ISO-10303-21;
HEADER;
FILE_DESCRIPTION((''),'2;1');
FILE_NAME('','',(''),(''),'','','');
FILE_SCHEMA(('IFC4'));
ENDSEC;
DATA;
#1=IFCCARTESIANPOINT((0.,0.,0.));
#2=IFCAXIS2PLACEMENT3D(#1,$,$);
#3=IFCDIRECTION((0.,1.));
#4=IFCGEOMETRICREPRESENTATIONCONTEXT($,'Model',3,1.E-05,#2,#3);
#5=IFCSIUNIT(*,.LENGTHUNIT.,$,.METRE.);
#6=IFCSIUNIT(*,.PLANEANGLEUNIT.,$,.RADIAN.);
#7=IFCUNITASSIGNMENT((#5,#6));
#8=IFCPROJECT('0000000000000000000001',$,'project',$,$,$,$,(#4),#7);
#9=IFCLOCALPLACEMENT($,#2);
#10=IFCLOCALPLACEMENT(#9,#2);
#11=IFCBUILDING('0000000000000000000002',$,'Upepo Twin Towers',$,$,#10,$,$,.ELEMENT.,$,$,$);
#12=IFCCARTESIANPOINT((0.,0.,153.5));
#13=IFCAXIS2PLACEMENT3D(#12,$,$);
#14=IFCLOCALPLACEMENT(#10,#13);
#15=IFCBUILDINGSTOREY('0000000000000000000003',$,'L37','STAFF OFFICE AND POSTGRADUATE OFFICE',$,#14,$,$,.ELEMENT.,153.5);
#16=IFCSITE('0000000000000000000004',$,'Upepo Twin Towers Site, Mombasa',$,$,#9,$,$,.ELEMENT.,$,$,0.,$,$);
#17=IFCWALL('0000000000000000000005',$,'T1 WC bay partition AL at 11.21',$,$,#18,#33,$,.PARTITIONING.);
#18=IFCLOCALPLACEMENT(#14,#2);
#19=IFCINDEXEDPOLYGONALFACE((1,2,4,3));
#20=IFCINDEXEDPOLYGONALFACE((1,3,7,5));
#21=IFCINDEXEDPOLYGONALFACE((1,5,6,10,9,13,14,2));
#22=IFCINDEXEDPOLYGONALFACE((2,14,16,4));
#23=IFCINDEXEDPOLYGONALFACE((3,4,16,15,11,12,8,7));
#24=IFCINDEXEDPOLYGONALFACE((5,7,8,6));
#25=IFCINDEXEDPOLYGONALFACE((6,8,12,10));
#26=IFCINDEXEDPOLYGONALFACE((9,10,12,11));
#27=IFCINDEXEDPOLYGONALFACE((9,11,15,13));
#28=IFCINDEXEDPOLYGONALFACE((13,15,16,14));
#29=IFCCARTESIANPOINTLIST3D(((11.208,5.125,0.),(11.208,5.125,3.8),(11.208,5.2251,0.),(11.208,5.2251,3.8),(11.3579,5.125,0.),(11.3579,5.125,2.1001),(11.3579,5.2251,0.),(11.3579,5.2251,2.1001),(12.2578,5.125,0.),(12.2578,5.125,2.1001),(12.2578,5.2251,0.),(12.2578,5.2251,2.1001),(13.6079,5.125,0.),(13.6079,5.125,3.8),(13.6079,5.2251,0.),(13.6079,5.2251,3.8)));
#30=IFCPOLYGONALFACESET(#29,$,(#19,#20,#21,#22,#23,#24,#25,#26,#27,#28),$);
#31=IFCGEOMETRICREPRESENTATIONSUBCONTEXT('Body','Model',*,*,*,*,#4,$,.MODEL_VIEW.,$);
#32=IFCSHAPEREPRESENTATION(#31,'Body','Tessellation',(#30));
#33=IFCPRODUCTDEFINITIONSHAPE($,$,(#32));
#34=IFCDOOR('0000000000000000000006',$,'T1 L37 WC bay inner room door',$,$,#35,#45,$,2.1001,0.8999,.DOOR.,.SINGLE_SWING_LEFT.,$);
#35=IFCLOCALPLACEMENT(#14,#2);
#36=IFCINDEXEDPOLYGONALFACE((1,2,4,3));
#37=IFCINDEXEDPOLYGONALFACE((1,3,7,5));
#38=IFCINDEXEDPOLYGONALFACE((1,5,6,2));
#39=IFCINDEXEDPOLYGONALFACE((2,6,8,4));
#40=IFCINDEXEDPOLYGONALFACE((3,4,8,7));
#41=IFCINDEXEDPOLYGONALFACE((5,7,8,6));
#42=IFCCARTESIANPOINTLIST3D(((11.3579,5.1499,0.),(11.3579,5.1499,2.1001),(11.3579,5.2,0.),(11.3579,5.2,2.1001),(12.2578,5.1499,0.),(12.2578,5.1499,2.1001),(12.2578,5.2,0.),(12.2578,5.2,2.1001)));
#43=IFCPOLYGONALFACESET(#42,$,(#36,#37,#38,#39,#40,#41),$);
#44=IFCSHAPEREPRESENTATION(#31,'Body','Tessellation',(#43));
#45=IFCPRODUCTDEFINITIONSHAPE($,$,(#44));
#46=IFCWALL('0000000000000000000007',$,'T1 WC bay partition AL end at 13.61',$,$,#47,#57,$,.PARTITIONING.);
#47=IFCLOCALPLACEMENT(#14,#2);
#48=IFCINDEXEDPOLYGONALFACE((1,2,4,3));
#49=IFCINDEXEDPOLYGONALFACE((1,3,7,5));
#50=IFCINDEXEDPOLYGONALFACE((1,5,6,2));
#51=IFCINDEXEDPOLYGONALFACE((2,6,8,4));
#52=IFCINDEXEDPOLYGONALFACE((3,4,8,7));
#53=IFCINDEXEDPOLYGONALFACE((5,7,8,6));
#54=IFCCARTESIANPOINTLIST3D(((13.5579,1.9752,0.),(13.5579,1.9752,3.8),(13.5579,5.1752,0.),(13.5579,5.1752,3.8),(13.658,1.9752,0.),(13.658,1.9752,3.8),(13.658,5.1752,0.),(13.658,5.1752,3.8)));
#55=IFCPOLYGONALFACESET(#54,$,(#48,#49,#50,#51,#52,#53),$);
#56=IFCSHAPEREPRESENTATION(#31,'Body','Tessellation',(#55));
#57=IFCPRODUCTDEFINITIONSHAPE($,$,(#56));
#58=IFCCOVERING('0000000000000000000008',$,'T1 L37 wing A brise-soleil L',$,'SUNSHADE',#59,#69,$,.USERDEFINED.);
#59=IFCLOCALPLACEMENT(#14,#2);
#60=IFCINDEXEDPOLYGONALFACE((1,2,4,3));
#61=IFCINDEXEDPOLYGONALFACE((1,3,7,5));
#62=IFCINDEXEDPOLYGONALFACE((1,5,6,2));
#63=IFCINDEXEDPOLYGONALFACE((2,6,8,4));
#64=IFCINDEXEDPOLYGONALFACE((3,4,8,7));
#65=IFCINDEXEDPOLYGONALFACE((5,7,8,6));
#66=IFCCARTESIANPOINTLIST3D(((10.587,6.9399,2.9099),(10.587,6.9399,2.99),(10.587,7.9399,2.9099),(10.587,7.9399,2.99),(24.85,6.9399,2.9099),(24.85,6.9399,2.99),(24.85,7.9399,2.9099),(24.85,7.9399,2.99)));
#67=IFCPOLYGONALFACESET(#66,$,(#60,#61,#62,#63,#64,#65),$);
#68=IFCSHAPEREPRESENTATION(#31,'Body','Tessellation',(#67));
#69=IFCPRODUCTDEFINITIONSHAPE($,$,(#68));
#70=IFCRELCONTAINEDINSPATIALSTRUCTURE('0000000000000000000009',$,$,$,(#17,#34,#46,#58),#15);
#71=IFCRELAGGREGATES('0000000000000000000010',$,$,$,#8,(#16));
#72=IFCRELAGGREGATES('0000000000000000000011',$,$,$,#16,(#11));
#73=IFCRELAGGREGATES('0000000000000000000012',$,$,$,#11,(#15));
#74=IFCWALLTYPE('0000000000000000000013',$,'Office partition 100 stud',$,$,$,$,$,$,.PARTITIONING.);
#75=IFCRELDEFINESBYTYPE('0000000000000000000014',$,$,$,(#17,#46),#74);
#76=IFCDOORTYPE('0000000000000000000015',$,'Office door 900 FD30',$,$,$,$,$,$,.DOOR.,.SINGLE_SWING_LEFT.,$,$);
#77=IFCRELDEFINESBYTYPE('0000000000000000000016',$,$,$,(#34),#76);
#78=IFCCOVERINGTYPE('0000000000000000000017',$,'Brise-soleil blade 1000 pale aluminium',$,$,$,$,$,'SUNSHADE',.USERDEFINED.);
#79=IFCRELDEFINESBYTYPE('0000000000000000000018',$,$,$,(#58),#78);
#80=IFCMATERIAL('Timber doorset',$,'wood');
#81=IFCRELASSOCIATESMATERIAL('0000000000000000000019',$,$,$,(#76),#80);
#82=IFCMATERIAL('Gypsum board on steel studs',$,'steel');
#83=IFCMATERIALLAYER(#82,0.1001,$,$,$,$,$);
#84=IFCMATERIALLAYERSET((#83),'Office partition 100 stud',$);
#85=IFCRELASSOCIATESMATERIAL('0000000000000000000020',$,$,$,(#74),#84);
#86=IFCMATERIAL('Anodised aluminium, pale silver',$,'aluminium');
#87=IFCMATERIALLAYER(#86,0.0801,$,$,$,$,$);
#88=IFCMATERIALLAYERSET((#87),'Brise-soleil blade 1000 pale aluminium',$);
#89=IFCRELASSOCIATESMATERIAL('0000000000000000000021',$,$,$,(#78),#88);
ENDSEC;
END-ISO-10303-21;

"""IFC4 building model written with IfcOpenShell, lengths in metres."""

from ifc_helpers import new_model, si_unit, direction, frame, frame_2d, origin, origin_2d, place, context, subcontext, project, spatial, rectangle, extrude, material, layer, layer_set, type_object, element, fill, save


model = new_model("IFC4")

# Units and contexts
model_context = context("Model", 3, precision=1e-05, world=origin(), true_north=direction((0.0, 1.0)))
body_context = subcontext(model_context, "Body", "Model", "MODEL_VIEW")
ifc_project = project(units=[si_unit("LENGTHUNIT", "METRE"), si_unit("PLANEANGLEUNIT", "RADIAN")], contexts=[model_context])

# Site, building, storey
site_placement = place(None, origin())
site = spatial("IfcSite", under=ifc_project, at=site_placement, Name="Upepo Twin Towers Site, Mombasa", CompositionType="ELEMENT", RefElevation=0.0)
building_placement = place(site_placement, origin())
building = spatial("IfcBuilding", under=site, at=building_placement, Name="Upepo Twin Towers", CompositionType="ELEMENT")
storey_placement = place(building_placement, frame((0.0, 0.0, 153.5)))
storey = spatial("IfcBuildingStorey", under=building, at=storey_placement, Name="L37", Description="STAFF OFFICE AND POSTGRADUATE OFFICE", CompositionType="ELEMENT", Elevation=153.5)

# Shared definitions
ifc_material_1 = material(Name="Timber doorset", Category="wood")
door_type_1 = type_object("IfcDoorType", Name="Office door 900 FD30", OperationType="SINGLE_SWING_LEFT", PredefinedType="DOOR", material=ifc_material_1)

# Shared definitions
ifc_material_2 = material(Name="Gypsum board on steel studs", Category="steel")
ifc_layer_1 = layer(ifc_material_2, 0.1001)
ifc_layer_set_1 = layer_set([ifc_layer_1], Name="Office partition 100 stud")
wall_type_1 = type_object("IfcWallType", Name="Office partition 100 stud", PredefinedType="PARTITIONING", material=ifc_layer_set_1)

# Wall, opening, door
wall_1_placement = place(storey_placement, frame((11.208, 5.175, 0.0), z_axis=(0.0, 0.0, 1.0), x_axis=(1.0, 0.0, 0.0)))
wall_1 = element("IfcWall", 1, at=wall_1_placement, inside=storey, type_object=wall_type_1, Name="T1 WC bay partition AL at 11.21", PredefinedType="PARTITIONING", context=body_context, shape_type="SweptSolid", body=[
    extrude(rectangle(XDim=2.3999, YDim=0.1001, at=frame_2d((1.2, 0.0))), origin(), (0.0, 0.0, 1.0), 3.8),
])
opening_1_placement = place(wall_1_placement, frame((0.1499, 0.0, 0.0)))
opening_1 = element("IfcOpeningElement", 2, at=opening_1_placement, cuts=wall_1, PredefinedType="OPENING", context=body_context, shape_type="SweptSolid", body=[
    extrude(rectangle(XDim=0.8999, YDim=2.1001, at=frame_2d((0.45, 1.05))), frame((0.0, 0.0601, 0.0), z_axis=(0.0, -1.0, 0.0), x_axis=(1.0, 0.0, 0.0)), (0.0, 0.0, 1.0), 0.1201),
])
door_1_placement = place(opening_1_placement, origin())
door_1 = element("IfcDoor", 3, at=door_1_placement, inside=storey, type_object=door_type_1, Name="T1 L37 WC bay inner room door", OperationType="SINGLE_SWING_LEFT", OverallHeight=2.1001, OverallWidth=0.8999, PredefinedType="DOOR", context=body_context, shape_type="SweptSolid", body=[
    extrude(rectangle(XDim=0.8999, YDim=2.1001, at=frame_2d((0.45, 1.05))), frame((0.0, 0.0249, 0.0), z_axis=(0.0, -1.0, 0.0), x_axis=(1.0, 0.0, 0.0)), (0.0, 0.0, 1.0), 0.05),
])
fill(opening_1, door_1)

# Wall
wall_2_placement = place(storey_placement, frame((13.6079, 1.9751, 0.0), z_axis=(0.0, 0.0, 1.0), x_axis=(0.0, 1.0, 0.0)))
element("IfcWall", 4, at=wall_2_placement, inside=storey, type_object=wall_type_1, Name="T1 WC bay partition AL end at 13.61", PredefinedType="PARTITIONING", context=body_context, shape_type="SweptSolid", body=[
    extrude(rectangle(XDim=3.2, YDim=0.1001, at=frame_2d((1.6001, 0.0))), origin(), (0.0, 0.0, 1.0), 3.8),
])

# Covering
ifc_material_3 = material(Name="Anodised aluminium, pale silver", Category="aluminium")
ifc_layer_2 = layer(ifc_material_3, 0.0801)
ifc_layer_set_2 = layer_set([ifc_layer_2], Name="Brise-soleil blade 1000 pale aluminium")
covering_type = type_object("IfcCoveringType", Name="Brise-soleil blade 1000 pale aluminium", ElementType="SUNSHADE", PredefinedType="USERDEFINED", material=ifc_layer_set_2)
covering_placement = place(storey_placement, frame((17.7185, 7.4399, 2.9099), z_axis=(0.0, 0.0, 1.0), x_axis=(1.0, 0.0, 0.0)))
element("IfcCovering", 5, at=covering_placement, inside=storey, type_object=covering_type, Name="T1 L37 wing A brise-soleil L", ObjectType="SUNSHADE", PredefinedType="USERDEFINED", context=body_context, shape_type="SweptSolid", body=[
    extrude(rectangle(XDim=14.2629, YDim=1.0, at=origin_2d()), origin(), (0.0, 0.0, 1.0), 0.0801),
])

save(model, "model.ifc")
